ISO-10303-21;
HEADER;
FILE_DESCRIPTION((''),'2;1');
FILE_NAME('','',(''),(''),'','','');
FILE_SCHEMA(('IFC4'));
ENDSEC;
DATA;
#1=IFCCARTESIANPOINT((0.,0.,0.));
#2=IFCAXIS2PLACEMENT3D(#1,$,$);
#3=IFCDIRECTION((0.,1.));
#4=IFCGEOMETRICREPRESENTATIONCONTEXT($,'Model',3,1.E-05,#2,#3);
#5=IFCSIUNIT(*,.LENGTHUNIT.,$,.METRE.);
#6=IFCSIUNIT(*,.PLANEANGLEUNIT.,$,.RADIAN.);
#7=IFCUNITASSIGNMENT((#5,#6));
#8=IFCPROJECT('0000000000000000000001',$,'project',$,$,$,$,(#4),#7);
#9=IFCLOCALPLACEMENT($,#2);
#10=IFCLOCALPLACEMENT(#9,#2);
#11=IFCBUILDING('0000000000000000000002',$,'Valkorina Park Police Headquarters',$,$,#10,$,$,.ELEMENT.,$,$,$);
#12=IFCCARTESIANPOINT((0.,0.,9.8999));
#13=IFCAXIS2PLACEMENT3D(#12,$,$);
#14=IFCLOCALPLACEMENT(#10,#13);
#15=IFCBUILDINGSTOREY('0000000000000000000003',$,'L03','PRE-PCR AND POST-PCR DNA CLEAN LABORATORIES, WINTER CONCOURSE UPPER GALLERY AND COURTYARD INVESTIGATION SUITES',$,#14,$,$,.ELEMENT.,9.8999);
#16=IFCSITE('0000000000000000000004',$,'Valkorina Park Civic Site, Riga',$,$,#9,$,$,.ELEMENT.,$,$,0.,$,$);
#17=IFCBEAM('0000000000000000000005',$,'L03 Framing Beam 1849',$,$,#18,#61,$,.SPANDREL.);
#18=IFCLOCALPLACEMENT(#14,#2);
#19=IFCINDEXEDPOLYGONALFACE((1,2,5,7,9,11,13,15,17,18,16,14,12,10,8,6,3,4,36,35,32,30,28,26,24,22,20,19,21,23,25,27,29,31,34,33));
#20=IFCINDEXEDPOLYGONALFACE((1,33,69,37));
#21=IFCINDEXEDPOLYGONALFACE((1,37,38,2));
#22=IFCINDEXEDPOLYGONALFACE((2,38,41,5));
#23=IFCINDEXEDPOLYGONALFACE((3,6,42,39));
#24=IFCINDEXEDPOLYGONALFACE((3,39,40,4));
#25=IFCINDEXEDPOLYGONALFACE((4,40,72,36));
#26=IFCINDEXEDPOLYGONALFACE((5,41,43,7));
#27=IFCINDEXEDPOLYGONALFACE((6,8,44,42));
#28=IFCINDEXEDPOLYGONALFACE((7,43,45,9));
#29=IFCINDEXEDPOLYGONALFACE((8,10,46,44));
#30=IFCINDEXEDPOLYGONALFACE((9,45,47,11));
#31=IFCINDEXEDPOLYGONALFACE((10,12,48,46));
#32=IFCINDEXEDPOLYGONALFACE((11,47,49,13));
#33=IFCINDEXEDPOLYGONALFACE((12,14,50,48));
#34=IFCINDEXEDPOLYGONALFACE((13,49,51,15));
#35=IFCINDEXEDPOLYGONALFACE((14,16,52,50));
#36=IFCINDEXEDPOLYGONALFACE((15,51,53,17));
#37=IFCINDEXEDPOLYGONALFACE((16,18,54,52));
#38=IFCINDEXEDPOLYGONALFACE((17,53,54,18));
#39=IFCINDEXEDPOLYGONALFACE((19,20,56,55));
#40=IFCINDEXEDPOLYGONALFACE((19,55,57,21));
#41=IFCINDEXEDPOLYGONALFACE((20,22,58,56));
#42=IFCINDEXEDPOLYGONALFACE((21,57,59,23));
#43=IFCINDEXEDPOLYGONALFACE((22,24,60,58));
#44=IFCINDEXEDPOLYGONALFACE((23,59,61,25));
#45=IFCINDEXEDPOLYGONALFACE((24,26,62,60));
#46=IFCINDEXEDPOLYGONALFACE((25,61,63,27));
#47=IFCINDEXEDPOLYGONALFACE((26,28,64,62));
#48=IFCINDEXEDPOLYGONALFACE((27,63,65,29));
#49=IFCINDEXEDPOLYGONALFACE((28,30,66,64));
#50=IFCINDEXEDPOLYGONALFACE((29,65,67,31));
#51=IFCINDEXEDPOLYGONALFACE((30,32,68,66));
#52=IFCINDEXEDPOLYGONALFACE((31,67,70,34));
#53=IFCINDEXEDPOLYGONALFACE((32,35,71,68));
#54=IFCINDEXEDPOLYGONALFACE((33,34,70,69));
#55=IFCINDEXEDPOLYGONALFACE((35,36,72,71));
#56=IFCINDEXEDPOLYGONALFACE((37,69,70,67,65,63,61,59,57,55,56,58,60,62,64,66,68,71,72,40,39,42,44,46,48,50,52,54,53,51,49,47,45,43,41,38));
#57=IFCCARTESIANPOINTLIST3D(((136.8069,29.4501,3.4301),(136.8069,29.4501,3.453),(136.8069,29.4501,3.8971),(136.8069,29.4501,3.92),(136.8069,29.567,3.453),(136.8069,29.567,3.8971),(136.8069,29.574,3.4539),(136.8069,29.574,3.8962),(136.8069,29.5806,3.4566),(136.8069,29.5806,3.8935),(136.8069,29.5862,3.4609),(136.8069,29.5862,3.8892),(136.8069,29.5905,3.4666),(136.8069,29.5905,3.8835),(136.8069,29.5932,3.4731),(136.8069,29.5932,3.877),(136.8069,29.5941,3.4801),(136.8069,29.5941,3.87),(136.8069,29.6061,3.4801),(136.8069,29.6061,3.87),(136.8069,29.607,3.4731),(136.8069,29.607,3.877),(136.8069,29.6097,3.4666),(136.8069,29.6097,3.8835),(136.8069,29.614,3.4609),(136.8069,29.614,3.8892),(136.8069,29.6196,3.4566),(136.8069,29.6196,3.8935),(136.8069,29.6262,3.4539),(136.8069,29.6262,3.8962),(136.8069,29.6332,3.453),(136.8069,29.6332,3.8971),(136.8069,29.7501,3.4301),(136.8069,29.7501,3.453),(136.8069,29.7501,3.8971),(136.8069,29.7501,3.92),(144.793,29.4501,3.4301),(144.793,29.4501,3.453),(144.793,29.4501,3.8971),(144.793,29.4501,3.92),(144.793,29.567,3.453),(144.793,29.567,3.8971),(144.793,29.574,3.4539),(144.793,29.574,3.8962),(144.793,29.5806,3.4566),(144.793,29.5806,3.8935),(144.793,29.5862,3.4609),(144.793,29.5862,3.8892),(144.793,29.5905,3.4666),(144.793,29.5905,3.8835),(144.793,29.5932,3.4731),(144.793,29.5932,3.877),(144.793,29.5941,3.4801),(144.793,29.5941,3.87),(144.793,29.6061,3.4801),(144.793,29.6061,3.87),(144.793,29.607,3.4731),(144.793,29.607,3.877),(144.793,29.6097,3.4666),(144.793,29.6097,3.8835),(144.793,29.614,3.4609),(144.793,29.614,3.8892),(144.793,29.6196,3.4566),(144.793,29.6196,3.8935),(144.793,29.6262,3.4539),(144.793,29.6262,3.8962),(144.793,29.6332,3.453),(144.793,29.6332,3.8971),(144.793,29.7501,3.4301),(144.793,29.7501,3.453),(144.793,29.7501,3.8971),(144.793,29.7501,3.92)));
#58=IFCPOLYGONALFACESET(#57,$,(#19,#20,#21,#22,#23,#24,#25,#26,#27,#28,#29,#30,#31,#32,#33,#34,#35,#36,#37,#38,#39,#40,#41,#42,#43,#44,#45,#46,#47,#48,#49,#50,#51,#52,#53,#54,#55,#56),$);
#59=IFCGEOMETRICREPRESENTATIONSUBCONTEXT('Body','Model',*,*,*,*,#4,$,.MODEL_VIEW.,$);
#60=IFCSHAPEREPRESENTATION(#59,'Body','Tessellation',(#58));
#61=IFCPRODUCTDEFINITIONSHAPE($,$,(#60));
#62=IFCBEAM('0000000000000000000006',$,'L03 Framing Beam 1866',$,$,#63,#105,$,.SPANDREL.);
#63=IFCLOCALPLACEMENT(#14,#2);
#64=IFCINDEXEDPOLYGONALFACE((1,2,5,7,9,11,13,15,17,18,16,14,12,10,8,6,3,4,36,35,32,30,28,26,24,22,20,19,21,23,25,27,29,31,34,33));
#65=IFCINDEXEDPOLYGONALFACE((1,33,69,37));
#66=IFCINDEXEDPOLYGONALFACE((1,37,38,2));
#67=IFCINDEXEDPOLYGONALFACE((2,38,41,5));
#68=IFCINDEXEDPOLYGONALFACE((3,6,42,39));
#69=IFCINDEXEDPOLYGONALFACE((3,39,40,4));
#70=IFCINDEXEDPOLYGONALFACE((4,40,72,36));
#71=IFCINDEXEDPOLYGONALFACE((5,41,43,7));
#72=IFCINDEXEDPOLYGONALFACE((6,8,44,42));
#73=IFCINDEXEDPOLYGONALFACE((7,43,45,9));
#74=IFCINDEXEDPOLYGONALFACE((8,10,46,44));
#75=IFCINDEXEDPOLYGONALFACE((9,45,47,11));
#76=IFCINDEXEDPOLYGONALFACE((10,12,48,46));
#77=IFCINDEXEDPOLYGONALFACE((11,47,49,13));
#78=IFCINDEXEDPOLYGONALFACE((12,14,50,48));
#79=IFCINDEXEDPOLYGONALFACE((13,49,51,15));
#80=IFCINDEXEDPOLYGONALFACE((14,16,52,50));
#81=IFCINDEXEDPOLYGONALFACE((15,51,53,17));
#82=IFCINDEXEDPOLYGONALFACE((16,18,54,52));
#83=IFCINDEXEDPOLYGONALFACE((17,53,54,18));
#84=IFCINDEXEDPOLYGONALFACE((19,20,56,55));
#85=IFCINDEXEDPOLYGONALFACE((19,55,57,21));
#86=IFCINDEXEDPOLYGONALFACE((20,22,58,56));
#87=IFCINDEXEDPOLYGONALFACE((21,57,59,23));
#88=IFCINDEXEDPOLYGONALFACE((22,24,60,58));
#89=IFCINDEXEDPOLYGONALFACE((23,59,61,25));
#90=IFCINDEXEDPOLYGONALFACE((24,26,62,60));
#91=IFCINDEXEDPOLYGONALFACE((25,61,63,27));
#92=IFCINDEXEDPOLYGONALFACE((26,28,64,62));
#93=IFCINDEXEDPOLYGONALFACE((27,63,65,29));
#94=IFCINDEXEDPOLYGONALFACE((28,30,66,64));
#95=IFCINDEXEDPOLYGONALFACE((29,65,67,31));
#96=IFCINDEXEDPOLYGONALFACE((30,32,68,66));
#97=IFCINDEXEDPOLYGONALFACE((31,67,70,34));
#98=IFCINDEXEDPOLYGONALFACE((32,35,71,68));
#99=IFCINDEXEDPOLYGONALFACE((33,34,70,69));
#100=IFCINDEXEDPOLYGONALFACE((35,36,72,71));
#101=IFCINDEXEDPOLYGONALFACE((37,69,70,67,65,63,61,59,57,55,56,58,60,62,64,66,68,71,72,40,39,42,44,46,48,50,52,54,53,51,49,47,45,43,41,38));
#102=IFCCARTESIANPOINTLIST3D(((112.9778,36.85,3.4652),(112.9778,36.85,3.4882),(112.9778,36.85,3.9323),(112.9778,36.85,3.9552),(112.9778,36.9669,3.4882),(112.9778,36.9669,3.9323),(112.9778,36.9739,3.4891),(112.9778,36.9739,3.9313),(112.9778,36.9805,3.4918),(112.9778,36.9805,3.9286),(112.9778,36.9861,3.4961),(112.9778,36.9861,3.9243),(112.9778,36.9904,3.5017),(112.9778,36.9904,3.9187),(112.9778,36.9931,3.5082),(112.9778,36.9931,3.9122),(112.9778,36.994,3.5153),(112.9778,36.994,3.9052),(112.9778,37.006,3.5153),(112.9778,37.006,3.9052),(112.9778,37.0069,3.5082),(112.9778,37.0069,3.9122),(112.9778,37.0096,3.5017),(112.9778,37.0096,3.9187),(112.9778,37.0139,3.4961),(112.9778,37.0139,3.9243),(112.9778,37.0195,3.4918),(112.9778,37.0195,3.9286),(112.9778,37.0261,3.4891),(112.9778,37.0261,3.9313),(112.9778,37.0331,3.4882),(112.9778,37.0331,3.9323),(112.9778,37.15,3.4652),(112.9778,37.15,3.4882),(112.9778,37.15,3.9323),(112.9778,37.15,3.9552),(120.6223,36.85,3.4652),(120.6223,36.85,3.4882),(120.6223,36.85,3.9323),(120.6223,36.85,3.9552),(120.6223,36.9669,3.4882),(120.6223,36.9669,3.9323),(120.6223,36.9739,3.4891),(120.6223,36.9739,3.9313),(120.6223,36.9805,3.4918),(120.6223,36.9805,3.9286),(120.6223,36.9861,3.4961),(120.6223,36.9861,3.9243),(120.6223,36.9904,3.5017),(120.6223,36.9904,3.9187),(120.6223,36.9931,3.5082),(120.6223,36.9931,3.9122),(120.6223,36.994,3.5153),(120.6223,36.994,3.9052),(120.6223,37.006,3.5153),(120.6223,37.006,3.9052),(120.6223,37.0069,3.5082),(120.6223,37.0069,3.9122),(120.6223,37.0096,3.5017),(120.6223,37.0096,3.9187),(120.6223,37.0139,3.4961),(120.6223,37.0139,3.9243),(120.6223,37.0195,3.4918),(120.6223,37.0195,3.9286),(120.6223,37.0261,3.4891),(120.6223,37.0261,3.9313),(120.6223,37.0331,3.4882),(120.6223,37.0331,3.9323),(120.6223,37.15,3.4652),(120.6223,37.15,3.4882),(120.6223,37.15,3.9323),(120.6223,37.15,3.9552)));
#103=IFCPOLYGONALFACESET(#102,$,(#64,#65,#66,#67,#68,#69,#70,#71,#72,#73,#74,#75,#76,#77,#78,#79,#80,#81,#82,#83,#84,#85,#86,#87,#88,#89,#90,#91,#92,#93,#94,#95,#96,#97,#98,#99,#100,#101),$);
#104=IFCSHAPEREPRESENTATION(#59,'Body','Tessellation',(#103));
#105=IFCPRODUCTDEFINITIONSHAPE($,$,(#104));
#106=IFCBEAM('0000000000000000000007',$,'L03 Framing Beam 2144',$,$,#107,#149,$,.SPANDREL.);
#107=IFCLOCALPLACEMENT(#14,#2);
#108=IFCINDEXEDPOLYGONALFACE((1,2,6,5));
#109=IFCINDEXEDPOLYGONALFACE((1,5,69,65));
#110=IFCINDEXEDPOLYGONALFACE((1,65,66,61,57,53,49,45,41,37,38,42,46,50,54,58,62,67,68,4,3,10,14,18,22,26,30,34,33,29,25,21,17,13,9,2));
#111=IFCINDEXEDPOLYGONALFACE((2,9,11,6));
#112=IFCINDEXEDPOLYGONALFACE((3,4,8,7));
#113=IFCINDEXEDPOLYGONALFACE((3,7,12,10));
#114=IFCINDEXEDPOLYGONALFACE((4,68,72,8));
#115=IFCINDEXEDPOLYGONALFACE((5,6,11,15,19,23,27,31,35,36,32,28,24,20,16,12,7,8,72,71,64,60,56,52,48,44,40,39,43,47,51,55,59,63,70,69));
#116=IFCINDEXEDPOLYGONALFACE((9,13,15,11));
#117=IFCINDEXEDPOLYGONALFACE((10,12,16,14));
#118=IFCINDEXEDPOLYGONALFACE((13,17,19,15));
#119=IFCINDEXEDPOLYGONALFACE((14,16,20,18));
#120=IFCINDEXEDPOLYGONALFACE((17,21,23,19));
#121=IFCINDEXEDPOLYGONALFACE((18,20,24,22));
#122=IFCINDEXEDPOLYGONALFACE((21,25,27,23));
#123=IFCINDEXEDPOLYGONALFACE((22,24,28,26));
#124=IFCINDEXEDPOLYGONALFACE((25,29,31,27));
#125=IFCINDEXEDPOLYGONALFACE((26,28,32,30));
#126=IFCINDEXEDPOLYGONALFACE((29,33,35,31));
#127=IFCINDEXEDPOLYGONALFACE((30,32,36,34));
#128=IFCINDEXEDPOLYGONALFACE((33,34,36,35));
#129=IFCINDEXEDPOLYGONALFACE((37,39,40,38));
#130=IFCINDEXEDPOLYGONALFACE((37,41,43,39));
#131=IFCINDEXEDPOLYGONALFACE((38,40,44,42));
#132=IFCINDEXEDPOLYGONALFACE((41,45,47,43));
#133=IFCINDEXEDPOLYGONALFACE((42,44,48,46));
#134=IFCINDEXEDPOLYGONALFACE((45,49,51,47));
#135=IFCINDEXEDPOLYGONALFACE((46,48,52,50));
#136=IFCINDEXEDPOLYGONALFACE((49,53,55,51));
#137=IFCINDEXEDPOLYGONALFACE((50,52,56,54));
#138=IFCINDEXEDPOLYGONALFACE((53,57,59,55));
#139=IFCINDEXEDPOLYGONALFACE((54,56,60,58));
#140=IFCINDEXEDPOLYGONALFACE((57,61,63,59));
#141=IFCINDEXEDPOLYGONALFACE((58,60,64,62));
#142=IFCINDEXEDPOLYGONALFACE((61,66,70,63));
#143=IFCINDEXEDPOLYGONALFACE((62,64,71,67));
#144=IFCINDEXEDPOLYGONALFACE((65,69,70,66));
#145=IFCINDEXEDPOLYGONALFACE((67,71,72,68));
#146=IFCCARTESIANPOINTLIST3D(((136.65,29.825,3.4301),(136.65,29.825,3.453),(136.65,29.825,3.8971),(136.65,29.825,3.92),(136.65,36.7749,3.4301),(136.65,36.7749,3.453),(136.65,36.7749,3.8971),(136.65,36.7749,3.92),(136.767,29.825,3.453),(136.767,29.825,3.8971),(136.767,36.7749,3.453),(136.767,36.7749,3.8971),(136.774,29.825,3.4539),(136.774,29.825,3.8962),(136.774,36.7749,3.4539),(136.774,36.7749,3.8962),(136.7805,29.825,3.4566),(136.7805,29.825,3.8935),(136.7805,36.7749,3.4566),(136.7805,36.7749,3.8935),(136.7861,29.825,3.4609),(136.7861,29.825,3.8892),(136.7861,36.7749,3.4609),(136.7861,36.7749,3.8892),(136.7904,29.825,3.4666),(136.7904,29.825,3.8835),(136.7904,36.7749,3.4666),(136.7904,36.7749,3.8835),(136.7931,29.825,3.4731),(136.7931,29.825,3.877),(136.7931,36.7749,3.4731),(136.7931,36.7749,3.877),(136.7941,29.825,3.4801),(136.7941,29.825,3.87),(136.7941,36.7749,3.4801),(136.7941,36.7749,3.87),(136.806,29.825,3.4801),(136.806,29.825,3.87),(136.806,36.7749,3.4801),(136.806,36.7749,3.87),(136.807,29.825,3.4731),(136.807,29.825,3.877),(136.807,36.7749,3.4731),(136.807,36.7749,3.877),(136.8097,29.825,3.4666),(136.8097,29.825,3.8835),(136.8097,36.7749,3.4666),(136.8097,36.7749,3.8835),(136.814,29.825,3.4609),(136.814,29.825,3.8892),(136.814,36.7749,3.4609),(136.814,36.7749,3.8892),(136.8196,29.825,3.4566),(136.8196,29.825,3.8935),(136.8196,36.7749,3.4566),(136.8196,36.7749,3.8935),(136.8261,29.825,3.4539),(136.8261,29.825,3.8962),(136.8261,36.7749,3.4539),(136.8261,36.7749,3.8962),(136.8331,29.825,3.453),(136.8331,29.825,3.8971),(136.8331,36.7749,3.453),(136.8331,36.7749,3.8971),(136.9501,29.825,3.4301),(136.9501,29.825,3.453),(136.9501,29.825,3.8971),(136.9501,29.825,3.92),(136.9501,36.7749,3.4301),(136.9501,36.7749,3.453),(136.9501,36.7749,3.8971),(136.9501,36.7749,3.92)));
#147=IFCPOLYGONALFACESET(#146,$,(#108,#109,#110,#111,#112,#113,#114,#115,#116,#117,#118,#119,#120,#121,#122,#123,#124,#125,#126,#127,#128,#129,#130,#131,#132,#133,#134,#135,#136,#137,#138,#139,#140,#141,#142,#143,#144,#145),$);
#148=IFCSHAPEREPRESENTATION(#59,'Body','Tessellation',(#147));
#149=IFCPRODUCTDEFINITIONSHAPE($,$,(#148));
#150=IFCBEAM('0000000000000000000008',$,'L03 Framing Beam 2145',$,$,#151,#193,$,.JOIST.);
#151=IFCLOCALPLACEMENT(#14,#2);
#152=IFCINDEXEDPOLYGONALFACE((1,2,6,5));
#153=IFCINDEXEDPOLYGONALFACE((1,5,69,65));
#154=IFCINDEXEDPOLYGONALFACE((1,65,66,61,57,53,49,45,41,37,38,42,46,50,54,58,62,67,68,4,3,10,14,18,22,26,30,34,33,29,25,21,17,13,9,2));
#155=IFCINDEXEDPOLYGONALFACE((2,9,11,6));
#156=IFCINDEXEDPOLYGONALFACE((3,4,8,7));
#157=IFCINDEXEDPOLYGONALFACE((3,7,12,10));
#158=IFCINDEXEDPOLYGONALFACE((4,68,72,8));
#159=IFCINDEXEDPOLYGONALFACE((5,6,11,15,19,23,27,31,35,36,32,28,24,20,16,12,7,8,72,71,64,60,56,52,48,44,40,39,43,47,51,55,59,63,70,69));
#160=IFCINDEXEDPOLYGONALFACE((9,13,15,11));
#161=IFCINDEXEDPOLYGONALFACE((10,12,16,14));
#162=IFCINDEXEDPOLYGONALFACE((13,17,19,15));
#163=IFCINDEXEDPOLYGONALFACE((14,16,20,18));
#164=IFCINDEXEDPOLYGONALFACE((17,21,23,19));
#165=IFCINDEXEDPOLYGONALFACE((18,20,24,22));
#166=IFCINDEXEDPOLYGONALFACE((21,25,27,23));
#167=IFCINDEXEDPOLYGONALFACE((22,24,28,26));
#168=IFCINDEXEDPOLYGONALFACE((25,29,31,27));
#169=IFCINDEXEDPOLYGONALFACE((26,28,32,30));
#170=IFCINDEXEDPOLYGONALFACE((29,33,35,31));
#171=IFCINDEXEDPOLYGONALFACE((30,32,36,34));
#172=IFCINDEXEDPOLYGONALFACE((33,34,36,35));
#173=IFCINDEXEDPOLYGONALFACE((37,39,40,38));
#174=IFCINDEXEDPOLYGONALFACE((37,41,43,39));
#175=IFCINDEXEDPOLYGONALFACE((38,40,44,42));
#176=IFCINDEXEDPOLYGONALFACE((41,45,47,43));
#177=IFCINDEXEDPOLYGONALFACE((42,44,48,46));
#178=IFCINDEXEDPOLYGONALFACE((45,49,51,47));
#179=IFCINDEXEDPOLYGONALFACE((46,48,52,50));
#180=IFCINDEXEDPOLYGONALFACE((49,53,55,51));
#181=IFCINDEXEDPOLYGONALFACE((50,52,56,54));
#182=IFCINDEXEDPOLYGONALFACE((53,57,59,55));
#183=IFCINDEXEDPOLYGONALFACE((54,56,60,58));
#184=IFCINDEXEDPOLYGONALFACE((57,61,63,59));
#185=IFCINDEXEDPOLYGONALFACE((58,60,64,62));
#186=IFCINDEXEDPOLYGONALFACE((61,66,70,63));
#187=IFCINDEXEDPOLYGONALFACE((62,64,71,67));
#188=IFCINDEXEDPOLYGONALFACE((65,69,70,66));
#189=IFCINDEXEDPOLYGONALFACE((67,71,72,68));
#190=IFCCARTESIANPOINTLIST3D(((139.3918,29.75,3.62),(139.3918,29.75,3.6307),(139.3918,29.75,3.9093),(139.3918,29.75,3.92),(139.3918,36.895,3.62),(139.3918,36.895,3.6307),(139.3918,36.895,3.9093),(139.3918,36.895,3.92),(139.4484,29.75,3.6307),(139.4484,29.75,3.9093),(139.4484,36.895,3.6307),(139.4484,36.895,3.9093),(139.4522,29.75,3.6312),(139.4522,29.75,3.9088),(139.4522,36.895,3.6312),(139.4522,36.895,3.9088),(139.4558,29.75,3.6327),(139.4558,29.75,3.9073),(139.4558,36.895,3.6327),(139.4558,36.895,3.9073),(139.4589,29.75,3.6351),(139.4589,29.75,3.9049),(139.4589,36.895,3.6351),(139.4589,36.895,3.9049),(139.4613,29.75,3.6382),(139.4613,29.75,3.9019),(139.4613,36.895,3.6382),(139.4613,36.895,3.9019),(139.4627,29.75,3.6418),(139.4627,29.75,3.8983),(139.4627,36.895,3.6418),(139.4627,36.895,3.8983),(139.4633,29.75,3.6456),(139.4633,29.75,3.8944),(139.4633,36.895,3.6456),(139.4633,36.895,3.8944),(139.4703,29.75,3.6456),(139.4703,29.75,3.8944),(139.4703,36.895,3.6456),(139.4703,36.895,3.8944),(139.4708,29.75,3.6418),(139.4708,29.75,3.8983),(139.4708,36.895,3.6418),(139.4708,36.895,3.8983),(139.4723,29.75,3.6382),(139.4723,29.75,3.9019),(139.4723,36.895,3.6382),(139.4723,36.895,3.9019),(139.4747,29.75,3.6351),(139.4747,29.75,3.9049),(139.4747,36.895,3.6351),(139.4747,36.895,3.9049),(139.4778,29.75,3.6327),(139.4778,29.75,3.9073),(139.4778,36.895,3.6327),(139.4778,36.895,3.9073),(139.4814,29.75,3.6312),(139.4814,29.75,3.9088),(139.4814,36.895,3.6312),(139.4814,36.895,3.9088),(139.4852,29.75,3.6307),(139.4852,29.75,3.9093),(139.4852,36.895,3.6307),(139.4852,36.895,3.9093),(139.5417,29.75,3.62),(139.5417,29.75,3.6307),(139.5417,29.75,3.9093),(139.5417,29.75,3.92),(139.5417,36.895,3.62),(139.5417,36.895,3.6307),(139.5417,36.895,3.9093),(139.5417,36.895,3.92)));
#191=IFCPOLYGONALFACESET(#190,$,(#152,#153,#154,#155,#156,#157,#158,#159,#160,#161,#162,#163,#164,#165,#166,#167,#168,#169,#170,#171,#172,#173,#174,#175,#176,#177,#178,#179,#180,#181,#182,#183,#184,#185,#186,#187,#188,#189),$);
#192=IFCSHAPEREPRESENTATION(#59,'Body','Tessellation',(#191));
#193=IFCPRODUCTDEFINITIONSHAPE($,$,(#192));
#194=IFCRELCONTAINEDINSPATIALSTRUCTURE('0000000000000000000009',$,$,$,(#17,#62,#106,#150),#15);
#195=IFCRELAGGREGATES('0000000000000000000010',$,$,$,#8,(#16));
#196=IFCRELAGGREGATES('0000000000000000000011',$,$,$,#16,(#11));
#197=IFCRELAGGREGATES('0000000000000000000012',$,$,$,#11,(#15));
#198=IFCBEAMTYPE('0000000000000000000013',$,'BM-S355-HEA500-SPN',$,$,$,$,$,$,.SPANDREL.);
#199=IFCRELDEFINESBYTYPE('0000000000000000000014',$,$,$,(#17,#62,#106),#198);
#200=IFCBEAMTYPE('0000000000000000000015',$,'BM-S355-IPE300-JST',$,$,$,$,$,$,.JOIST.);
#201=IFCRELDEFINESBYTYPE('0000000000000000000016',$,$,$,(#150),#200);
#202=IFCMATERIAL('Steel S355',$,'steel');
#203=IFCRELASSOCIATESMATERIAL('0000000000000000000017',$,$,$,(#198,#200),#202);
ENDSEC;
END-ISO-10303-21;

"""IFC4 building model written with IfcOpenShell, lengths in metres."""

from ifc_helpers import new_model, si_unit, direction, frame, origin, origin_2d, place, context, subcontext, project, spatial, i_section, extrude, material, material_profile, profile_set, type_object, element, save


model = new_model("IFC4")

# Units and contexts
model_context = context("Model", 3, precision=1e-05, world=origin(), true_north=direction((0.0, 1.0)))
body_context = subcontext(model_context, "Body", "Model", "MODEL_VIEW")
ifc_project = project(units=[si_unit("LENGTHUNIT", "METRE"), si_unit("PLANEANGLEUNIT", "RADIAN")], contexts=[model_context])

# Site, building, storey
site_placement = place(None, origin())
site = spatial("IfcSite", under=ifc_project, at=site_placement, Name="Valkorina Park Civic Site, Riga", CompositionType="ELEMENT", RefElevation=0.0)
building_placement = place(site_placement, origin())
building = spatial("IfcBuilding", under=site, at=building_placement, Name="Valkorina Park Police Headquarters", CompositionType="ELEMENT")
storey_placement = place(building_placement, frame((0.0, 0.0, 9.8999)))
storey = spatial("IfcBuildingStorey", under=building, at=storey_placement, Name="L03", Description="PRE-PCR AND POST-PCR DNA CLEAN LABORATORIES, WINTER CONCOURSE UPPER GALLERY AND COURTYARD INVESTIGATION SUITES", CompositionType="ELEMENT", Elevation=9.8999)

# Shared definitions
ifc_material_1 = material(Name="Steel S355", Category="steel")

# Beams
ifc_material_profile_1 = material_profile(ifc_material_1, i_section(OverallWidth=0.3, OverallDepth=0.49, WebThickness=0.012, FlangeThickness=0.0229, FilletRadius=0.0271, at=origin_2d()), Name="HEA 500")
ifc_profile_set_1 = profile_set([ifc_material_profile_1], Name="Steel S355")
beam_type_1 = type_object("IfcBeamType", Name="BM-S355-HEA500-SPN", PredefinedType="SPANDREL", material=ifc_profile_set_1)
beam_1_placement = place(storey_placement, frame((136.8069, 29.6001, 3.675), z_axis=(1.0, 0.0, 0.0), x_axis=(0.0, 1.0, 0.0)))
element("IfcBeam", 1, at=beam_1_placement, inside=storey, type_object=beam_type_1, Name="L03 Framing Beam 1849", PredefinedType="SPANDREL", context=body_context, shape_type="SweptSolid", body=[
    extrude(i_section(OverallWidth=0.3, OverallDepth=0.49, WebThickness=0.012, FlangeThickness=0.0229, FilletRadius=0.0271, at=origin_2d()), origin(), (0.0, 0.0, 1.0), 7.9861),
])
beam_2_placement = place(storey_placement, frame((112.9778, 37.0, 3.7102), z_axis=(1.0, 0.0, 0.0), x_axis=(0.0, 1.0, 0.0)))
element("IfcBeam", 2, at=beam_2_placement, inside=storey, type_object=beam_type_1, Name="L03 Framing Beam 1866", PredefinedType="SPANDREL", context=body_context, shape_type="SweptSolid", body=[
    extrude(i_section(OverallWidth=0.3, OverallDepth=0.49, WebThickness=0.012, FlangeThickness=0.0229, FilletRadius=0.0271, at=origin_2d()), origin(), (0.0, 0.0, 1.0), 7.6445),
])
beam_3_placement = place(storey_placement, frame((136.8, 29.825, 3.675), z_axis=(0.0, 1.0, 0.0), x_axis=(-1.0, 0.0, 0.0)))
element("IfcBeam", 3, at=beam_3_placement, inside=storey, type_object=beam_type_1, Name="L03 Framing Beam 2144", PredefinedType="SPANDREL", context=body_context, shape_type="SweptSolid", body=[
    extrude(i_section(OverallWidth=0.3, OverallDepth=0.49, WebThickness=0.012, FlangeThickness=0.0229, FilletRadius=0.0271, at=origin_2d()), origin(), (0.0, 0.0, 1.0), 6.95),
])
ifc_material_profile_2 = material_profile(ifc_material_1, i_section(OverallWidth=0.1499, OverallDepth=0.3, WebThickness=0.0071, FlangeThickness=0.0107, FilletRadius=0.0149, at=origin_2d()), Name="IPE 300")
ifc_profile_set_2 = profile_set([ifc_material_profile_2], Name="Steel S355")
beam_type_2 = type_object("IfcBeamType", Name="BM-S355-IPE300-JST", PredefinedType="JOIST", material=ifc_profile_set_2)
for number, where, z_axis, x_axis, name in (
    (4, (139.4668, 29.75, 3.77), (0.0, 1.0, 0.0), (-1.0, 0.0, 0.0), "L03 Framing Beam 2145"),
):
    element("IfcBeam", number, at=place(storey_placement, frame(where, z_axis=z_axis, x_axis=x_axis)), inside=storey, type_object=beam_type_2, Name=name, PredefinedType="JOIST", context=body_context, shape_type="SweptSolid", body=[
        extrude(i_section(OverallWidth=0.1499, OverallDepth=0.3, WebThickness=0.0071, FlangeThickness=0.0107, FilletRadius=0.0149, at=origin_2d()), origin(), (0.0, 0.0, 1.0), 7.145),
    ])

save(model, "model.ifc")
